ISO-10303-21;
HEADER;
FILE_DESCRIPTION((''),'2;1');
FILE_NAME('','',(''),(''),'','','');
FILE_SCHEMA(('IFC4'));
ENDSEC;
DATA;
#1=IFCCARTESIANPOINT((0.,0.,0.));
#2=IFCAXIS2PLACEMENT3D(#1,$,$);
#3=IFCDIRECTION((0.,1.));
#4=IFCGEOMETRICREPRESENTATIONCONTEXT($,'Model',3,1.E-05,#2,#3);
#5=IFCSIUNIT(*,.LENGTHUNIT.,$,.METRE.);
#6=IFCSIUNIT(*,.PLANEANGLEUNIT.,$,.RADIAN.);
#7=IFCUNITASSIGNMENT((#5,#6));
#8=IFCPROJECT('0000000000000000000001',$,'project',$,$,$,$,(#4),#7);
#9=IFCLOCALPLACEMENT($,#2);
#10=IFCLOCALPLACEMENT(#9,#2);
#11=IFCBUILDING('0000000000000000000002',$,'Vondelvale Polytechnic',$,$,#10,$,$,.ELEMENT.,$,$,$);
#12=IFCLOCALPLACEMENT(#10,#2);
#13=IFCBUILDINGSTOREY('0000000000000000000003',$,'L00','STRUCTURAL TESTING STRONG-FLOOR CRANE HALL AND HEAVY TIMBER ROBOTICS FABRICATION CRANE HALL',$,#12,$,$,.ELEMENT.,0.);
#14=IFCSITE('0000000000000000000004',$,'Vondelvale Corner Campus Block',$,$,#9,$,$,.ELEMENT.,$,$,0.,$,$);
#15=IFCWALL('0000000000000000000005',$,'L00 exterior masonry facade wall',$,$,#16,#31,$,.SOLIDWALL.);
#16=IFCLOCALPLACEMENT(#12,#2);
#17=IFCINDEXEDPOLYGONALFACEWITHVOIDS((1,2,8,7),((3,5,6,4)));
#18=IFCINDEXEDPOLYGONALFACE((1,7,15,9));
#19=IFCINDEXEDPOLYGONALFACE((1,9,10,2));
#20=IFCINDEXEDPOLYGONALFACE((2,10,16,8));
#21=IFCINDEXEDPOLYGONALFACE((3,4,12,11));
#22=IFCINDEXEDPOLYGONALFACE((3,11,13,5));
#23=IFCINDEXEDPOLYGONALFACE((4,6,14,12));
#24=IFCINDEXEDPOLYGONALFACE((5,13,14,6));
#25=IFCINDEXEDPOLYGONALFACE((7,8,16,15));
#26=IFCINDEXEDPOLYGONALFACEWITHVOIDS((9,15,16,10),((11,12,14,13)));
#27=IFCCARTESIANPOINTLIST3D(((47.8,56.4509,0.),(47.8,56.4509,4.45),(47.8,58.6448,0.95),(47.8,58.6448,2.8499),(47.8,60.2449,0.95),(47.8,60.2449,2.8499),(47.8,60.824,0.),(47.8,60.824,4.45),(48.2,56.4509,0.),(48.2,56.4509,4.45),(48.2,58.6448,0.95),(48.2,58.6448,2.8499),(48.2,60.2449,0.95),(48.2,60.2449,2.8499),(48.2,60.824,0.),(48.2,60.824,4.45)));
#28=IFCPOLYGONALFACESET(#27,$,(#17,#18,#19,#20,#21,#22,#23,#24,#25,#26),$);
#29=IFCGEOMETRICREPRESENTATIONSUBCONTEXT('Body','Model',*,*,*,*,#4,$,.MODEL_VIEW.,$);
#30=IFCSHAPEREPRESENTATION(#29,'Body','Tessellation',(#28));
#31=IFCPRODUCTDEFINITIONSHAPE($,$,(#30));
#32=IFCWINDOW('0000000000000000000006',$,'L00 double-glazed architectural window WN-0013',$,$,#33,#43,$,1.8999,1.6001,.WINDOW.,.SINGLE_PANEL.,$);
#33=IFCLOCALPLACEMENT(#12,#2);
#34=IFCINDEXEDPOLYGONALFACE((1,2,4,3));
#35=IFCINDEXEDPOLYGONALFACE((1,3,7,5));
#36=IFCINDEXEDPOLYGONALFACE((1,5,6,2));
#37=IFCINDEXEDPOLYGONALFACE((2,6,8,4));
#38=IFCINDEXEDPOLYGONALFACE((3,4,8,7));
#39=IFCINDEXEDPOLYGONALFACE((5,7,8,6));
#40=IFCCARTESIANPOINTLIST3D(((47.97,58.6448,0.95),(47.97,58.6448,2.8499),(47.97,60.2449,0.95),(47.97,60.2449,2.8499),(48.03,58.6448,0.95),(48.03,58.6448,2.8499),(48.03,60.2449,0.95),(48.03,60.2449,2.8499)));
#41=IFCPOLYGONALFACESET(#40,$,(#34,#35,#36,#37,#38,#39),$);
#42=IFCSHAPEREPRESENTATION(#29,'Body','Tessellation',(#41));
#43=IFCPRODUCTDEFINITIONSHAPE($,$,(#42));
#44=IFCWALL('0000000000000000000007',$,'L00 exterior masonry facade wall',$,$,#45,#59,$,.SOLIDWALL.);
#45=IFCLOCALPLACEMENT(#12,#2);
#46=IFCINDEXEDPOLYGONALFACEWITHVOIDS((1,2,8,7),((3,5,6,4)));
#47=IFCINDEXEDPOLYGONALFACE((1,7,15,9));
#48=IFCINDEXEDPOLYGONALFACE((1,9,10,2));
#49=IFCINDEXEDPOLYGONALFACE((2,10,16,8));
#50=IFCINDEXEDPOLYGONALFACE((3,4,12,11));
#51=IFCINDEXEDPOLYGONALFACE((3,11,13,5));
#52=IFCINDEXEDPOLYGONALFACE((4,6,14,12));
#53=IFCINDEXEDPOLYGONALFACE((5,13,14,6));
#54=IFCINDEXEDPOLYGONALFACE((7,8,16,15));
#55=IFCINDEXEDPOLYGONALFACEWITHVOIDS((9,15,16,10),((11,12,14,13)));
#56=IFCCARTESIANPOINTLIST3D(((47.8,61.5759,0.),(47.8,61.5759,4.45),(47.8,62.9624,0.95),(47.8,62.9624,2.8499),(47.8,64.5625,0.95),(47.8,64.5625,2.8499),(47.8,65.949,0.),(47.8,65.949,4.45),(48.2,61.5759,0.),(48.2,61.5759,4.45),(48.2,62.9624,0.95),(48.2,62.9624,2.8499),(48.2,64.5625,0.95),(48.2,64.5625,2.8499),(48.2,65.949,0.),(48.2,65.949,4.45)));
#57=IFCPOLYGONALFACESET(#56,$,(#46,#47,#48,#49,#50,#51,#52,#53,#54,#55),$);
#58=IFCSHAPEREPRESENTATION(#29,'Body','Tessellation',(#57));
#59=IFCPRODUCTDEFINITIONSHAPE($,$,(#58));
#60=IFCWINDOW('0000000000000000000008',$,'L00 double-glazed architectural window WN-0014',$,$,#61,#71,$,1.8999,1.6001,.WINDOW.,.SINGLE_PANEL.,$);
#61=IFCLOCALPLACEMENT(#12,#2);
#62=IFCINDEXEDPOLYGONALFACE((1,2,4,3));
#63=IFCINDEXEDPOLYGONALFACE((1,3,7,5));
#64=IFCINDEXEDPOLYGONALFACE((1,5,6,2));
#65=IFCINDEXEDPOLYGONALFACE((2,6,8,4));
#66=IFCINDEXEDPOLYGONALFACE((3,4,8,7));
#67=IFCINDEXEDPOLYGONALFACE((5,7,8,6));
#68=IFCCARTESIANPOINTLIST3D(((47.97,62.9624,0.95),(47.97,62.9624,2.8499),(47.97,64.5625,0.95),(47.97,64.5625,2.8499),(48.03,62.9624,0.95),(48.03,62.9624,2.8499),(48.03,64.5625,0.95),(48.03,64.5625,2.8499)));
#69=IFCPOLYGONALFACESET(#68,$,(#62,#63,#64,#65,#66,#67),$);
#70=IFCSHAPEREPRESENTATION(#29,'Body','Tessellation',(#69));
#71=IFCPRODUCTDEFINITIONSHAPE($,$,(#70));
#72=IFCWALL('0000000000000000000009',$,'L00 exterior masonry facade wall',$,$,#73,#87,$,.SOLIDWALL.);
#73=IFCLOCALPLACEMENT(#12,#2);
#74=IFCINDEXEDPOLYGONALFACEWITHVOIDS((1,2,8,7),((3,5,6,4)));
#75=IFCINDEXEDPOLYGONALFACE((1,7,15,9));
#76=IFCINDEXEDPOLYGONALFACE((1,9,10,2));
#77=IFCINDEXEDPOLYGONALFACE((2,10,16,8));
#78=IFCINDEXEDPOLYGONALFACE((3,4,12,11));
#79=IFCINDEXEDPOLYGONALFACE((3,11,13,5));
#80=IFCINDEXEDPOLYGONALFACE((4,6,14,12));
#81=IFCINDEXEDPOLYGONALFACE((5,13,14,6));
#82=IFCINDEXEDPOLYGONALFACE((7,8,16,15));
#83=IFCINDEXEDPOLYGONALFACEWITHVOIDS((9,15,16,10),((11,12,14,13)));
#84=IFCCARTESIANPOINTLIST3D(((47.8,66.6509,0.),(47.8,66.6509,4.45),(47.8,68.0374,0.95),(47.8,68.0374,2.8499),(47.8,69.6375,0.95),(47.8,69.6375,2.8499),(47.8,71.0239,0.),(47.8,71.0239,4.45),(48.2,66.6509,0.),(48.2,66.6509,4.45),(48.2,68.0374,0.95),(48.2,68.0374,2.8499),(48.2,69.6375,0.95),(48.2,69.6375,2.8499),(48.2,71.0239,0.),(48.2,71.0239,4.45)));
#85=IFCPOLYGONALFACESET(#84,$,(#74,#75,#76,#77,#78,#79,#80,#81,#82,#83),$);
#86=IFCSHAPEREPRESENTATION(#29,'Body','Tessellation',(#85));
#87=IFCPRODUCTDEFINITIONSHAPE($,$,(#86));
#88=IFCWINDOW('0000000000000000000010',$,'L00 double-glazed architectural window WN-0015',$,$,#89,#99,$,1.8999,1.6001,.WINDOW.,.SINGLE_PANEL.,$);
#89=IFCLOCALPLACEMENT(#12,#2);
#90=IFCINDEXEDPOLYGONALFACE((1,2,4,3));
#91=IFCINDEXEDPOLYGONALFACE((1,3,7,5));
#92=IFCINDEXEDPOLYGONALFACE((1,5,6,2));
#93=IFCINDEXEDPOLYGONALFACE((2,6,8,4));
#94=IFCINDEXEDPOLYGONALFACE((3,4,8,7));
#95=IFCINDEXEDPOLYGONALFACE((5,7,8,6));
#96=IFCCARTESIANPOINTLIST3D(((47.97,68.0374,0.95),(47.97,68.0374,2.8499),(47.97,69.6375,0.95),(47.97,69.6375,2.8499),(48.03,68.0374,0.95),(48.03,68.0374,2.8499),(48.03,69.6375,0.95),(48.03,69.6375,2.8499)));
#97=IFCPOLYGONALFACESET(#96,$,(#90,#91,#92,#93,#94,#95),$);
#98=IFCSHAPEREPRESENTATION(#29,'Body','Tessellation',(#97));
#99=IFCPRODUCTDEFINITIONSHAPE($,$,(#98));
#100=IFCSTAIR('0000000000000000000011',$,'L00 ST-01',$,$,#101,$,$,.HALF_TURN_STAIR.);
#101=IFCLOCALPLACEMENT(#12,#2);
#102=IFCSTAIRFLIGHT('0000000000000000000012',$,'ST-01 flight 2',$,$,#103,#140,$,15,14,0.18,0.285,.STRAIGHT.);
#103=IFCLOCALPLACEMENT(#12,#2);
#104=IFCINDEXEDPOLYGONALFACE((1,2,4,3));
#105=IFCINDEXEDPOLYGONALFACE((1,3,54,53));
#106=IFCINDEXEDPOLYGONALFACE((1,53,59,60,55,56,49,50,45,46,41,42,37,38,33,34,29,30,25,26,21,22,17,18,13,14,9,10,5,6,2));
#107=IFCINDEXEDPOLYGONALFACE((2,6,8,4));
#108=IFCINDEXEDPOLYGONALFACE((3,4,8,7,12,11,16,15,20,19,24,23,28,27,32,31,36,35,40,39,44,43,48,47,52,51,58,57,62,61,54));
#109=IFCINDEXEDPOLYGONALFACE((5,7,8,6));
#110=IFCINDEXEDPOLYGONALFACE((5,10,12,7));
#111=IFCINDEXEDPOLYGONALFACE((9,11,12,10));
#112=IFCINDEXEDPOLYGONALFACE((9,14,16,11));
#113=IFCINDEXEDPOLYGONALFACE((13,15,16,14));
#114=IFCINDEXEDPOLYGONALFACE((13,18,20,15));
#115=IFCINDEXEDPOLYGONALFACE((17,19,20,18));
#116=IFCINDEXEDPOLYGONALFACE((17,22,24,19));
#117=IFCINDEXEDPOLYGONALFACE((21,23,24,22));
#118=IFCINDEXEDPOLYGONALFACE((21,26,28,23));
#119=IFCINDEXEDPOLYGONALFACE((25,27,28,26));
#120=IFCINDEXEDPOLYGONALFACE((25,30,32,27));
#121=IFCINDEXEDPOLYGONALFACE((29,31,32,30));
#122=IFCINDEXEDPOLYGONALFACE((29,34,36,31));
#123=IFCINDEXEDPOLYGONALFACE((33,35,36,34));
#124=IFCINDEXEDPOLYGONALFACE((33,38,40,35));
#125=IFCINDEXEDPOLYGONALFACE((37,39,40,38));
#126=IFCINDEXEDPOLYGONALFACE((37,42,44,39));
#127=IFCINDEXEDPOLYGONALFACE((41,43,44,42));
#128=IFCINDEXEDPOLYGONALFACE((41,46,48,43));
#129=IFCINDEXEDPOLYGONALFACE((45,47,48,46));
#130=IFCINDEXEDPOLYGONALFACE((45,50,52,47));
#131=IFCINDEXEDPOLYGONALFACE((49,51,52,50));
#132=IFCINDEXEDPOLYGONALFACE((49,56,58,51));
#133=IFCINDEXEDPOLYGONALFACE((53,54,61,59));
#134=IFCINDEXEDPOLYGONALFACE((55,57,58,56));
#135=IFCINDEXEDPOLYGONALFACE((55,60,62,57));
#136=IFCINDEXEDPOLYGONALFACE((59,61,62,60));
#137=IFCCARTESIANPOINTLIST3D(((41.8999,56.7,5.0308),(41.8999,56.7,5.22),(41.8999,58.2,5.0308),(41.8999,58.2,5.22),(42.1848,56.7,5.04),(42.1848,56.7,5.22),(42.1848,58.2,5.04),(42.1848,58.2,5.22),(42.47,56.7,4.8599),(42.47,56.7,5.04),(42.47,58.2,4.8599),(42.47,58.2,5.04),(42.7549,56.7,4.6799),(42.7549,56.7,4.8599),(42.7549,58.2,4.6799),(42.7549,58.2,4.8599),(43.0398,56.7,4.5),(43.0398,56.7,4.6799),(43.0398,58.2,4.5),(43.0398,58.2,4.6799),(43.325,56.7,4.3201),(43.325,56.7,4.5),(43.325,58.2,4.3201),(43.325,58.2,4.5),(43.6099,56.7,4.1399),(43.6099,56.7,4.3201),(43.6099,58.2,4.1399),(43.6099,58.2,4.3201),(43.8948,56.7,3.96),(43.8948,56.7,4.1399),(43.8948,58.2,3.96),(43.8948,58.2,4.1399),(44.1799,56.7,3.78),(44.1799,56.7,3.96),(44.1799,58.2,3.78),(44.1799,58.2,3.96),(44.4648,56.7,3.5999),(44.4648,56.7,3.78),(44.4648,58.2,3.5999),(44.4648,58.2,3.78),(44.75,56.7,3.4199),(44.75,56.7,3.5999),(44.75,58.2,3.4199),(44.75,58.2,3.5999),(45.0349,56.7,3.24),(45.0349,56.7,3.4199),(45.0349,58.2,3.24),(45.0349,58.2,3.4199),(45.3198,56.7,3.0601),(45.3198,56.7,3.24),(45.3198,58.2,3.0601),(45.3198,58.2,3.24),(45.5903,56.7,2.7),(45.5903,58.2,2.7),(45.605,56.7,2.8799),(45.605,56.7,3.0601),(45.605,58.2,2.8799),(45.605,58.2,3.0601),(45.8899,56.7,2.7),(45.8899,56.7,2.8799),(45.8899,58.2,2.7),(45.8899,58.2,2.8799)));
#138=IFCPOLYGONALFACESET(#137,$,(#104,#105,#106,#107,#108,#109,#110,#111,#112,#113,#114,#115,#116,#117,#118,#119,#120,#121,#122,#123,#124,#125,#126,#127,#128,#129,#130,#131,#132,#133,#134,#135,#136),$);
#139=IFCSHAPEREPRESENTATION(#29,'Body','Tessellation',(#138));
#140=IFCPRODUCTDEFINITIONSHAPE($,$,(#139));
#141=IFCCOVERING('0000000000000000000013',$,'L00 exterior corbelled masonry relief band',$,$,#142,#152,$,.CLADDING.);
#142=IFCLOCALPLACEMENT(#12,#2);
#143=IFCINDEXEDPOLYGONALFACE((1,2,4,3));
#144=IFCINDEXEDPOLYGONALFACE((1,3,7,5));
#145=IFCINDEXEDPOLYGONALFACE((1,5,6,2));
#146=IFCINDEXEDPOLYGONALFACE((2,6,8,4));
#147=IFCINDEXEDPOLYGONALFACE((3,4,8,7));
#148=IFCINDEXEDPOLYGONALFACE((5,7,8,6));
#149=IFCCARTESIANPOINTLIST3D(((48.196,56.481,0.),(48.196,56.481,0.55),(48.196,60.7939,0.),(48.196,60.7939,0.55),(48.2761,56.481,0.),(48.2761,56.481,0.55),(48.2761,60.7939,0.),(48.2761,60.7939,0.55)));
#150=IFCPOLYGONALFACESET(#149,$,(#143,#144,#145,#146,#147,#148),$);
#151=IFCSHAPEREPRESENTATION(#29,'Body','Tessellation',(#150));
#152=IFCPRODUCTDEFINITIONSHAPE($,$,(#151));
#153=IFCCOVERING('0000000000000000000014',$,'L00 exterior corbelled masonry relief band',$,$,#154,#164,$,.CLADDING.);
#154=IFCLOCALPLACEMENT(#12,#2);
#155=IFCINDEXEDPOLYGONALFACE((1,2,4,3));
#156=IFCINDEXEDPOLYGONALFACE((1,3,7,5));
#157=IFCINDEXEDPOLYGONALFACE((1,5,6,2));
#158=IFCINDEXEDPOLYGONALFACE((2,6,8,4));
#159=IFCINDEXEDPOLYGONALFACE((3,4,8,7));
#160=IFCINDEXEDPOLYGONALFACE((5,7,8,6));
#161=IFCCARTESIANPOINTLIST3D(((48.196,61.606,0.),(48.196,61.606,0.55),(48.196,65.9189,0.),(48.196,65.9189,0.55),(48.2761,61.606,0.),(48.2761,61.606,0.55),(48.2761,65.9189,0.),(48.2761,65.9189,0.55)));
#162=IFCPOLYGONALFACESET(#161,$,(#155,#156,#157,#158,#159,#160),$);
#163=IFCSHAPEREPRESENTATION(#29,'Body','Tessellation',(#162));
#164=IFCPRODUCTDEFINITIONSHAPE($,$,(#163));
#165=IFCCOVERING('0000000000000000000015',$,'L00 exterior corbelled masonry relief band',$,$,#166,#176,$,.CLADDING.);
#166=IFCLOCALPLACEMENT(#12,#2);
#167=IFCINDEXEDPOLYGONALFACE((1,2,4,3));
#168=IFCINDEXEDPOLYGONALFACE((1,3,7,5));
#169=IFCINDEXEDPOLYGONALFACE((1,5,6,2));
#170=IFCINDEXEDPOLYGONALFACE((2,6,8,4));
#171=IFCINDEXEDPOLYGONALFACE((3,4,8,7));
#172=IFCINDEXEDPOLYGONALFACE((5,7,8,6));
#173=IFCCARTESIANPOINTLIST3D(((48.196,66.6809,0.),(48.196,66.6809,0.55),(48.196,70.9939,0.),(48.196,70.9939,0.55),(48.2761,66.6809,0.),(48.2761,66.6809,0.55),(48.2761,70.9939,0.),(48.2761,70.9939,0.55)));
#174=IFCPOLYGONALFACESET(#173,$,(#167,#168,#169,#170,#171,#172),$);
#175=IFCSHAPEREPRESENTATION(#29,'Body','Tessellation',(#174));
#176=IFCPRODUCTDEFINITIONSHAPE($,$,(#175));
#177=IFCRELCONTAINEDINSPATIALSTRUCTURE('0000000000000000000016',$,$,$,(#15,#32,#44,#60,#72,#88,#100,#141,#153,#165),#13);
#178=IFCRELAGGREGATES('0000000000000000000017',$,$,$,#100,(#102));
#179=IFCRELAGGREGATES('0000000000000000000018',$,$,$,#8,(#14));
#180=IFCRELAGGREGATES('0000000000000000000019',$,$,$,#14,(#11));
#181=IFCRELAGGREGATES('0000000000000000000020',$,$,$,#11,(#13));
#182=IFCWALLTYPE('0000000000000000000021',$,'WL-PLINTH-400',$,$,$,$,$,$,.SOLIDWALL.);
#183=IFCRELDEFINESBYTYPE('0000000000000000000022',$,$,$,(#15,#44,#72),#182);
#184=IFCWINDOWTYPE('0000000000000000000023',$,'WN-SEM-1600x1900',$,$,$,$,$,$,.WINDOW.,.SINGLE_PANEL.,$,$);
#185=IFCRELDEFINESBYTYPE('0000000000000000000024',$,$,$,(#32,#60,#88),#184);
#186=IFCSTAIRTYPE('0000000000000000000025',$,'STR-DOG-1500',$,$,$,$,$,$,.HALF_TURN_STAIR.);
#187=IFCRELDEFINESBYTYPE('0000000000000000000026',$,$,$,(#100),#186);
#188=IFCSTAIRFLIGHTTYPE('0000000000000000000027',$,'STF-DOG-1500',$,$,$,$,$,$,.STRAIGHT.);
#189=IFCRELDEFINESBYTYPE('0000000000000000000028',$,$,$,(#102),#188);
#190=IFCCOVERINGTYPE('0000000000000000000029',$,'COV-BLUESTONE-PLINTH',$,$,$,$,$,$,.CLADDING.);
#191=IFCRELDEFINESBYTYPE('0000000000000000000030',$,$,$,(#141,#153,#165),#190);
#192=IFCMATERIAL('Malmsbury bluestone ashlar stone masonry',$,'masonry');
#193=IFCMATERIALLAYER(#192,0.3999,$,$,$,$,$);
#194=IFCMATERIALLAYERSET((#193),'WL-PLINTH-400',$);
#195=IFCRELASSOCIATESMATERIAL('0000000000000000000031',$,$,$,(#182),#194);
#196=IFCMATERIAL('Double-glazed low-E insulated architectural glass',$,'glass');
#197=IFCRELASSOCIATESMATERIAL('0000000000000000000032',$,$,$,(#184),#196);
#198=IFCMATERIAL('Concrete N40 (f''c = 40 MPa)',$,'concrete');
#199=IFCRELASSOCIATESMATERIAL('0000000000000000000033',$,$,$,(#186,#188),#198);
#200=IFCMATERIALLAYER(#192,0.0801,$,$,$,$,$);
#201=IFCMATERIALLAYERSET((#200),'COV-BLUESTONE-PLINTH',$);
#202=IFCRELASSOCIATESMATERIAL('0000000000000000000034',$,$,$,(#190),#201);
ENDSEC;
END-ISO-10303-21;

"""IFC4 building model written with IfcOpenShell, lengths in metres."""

from ifc_helpers import new_model, si_unit, direction, frame, frame_2d, origin, origin_2d, place, context, subcontext, project, spatial, polyline, rectangle, outline, extrude, material, layer, layer_set, type_object, element, fill, aggregate, save


model = new_model("IFC4")

# Units and contexts
model_context = context("Model", 3, precision=1e-05, world=origin(), true_north=direction((0.0, 1.0)))
body_context = subcontext(model_context, "Body", "Model", "MODEL_VIEW")
ifc_project = project(units=[si_unit("LENGTHUNIT", "METRE"), si_unit("PLANEANGLEUNIT", "RADIAN")], contexts=[model_context])

# Site, building, storey
site_placement = place(None, origin())
site = spatial("IfcSite", under=ifc_project, at=site_placement, Name="Vondelvale Corner Campus Block", CompositionType="ELEMENT", RefElevation=0.0)
building_placement = place(site_placement, origin())
building = spatial("IfcBuilding", under=site, at=building_placement, Name="Vondelvale Polytechnic", CompositionType="ELEMENT")
storey_placement = place(building_placement, origin())
storey = spatial("IfcBuildingStorey", under=building, at=storey_placement, Name="L00", Description="STRUCTURAL TESTING STRONG-FLOOR CRANE HALL AND HEAVY TIMBER ROBOTICS FABRICATION CRANE HALL", CompositionType="ELEMENT", Elevation=0.0)

# Shared definitions
ifc_material_1 = material(Name="Concrete N40 (f'c = 40 MPa)", Category="concrete")

# Walls, openings, windows
ifc_material_2 = material(Name="Malmsbury bluestone ashlar stone masonry", Category="masonry")
ifc_layer_1 = layer(ifc_material_2, 0.3999)
ifc_layer_set_1 = layer_set([ifc_layer_1], Name="WL-PLINTH-400")
wall_type_1 = type_object("IfcWallType", Name="WL-PLINTH-400", PredefinedType="SOLIDWALL", material=ifc_layer_set_1)
wall_1_placement = place(storey_placement, frame((48.0, 60.824, 0.0), z_axis=(0.0, 0.0, 1.0), x_axis=(0.0, -1.0, 0.0)))
wall_1 = element("IfcWall", 1, at=wall_1_placement, inside=storey, type_object=wall_type_1, Name="L00 exterior masonry facade wall", PredefinedType="SOLIDWALL", context=body_context, shape_type="SweptSolid", body=[
    extrude(rectangle(XDim=4.373, YDim=0.3999, at=frame_2d((2.1865, 0.0))), origin(), (0.0, 0.0, 1.0), 4.45),
])
opening_1_placement = place(wall_1_placement, frame((0.5791, 0.0, 0.95)))
opening_1 = element("IfcOpeningElement", 2, at=opening_1_placement, cuts=wall_1, PredefinedType="OPENING", context=body_context, shape_type="SweptSolid", body=[
    extrude(rectangle(XDim=1.6001, YDim=1.8999, at=frame_2d((0.8, 0.95))), frame((0.0, 0.21, 0.0), z_axis=(0.0, -1.0, 0.0), x_axis=(1.0, 0.0, 0.0)), (0.0, 0.0, 1.0), 0.4199),
])
ifc_material_3 = material(Name="Double-glazed low-E insulated architectural glass", Category="glass")
window_type = type_object("IfcWindowType", Name="WN-SEM-1600x1900", PartitioningType="SINGLE_PANEL", PredefinedType="WINDOW", material=ifc_material_3)
window_1_placement = place(opening_1_placement, origin())
window_1 = element("IfcWindow", 3, at=window_1_placement, inside=storey, type_object=window_type, Name="L00 double-glazed architectural window WN-0013", OverallHeight=1.8999, OverallWidth=1.6001, PartitioningType="SINGLE_PANEL", PredefinedType="WINDOW", context=body_context, shape_type="SweptSolid", body=[
    extrude(rectangle(XDim=1.6001, YDim=1.8999, at=frame_2d((0.8, 0.95))), frame((0.0, 0.03, 0.0), z_axis=(0.0, -1.0, 0.0), x_axis=(1.0, 0.0, 0.0)), (0.0, 0.0, 1.0), 0.0601),
])
fill(opening_1, window_1)
wall_2_placement = place(storey_placement, frame((48.0, 65.949, 0.0), z_axis=(0.0, 0.0, 1.0), x_axis=(0.0, -1.0, 0.0)))
wall_2 = element("IfcWall", 4, at=wall_2_placement, inside=storey, type_object=wall_type_1, Name="L00 exterior masonry facade wall", PredefinedType="SOLIDWALL", context=body_context, shape_type="SweptSolid", body=[
    extrude(rectangle(XDim=4.373, YDim=0.3999, at=frame_2d((2.1865, 0.0))), origin(), (0.0, 0.0, 1.0), 4.45),
])
opening_2_placement = place(wall_2_placement, frame((1.3865, 0.0, 0.95)))
opening_2 = element("IfcOpeningElement", 5, at=opening_2_placement, cuts=wall_2, PredefinedType="OPENING", context=body_context, shape_type="SweptSolid", body=[
    extrude(rectangle(XDim=1.6001, YDim=1.8999, at=frame_2d((0.8, 0.95))), frame((0.0, 0.21, 0.0), z_axis=(0.0, -1.0, 0.0), x_axis=(1.0, 0.0, 0.0)), (0.0, 0.0, 1.0), 0.4199),
])
window_2_placement = place(opening_2_placement, origin())
window_2 = element("IfcWindow", 6, at=window_2_placement, inside=storey, type_object=window_type, Name="L00 double-glazed architectural window WN-0014", OverallHeight=1.8999, OverallWidth=1.6001, PartitioningType="SINGLE_PANEL", PredefinedType="WINDOW", context=body_context, shape_type="SweptSolid", body=[
    extrude(rectangle(XDim=1.6001, YDim=1.8999, at=frame_2d((0.8, 0.95))), frame((0.0, 0.03, 0.0), z_axis=(0.0, -1.0, 0.0), x_axis=(1.0, 0.0, 0.0)), (0.0, 0.0, 1.0), 0.0601),
])
fill(opening_2, window_2)
wall_3_placement = place(storey_placement, frame((48.0, 71.0239, 0.0), z_axis=(0.0, 0.0, 1.0), x_axis=(0.0, -1.0, 0.0)))
wall_3 = element("IfcWall", 7, at=wall_3_placement, inside=storey, type_object=wall_type_1, Name="L00 exterior masonry facade wall", PredefinedType="SOLIDWALL", context=body_context, shape_type="SweptSolid", body=[
    extrude(rectangle(XDim=4.373, YDim=0.3999, at=frame_2d((2.1865, 0.0))), origin(), (0.0, 0.0, 1.0), 4.45),
])
opening_3_placement = place(wall_3_placement, frame((1.3865, 0.0, 0.95)))
opening_3 = element("IfcOpeningElement", 8, at=opening_3_placement, cuts=wall_3, PredefinedType="OPENING", context=body_context, shape_type="SweptSolid", body=[
    extrude(rectangle(XDim=1.6001, YDim=1.8999, at=frame_2d((0.8, 0.95))), frame((0.0, 0.21, 0.0), z_axis=(0.0, -1.0, 0.0), x_axis=(1.0, 0.0, 0.0)), (0.0, 0.0, 1.0), 0.4199),
])
window_3_placement = place(opening_3_placement, origin())
window_3 = element("IfcWindow", 9, at=window_3_placement, inside=storey, type_object=window_type, Name="L00 double-glazed architectural window WN-0015", OverallHeight=1.8999, OverallWidth=1.6001, PartitioningType="SINGLE_PANEL", PredefinedType="WINDOW", context=body_context, shape_type="SweptSolid", body=[
    extrude(rectangle(XDim=1.6001, YDim=1.8999, at=frame_2d((0.8, 0.95))), frame((0.0, 0.03, 0.0), z_axis=(0.0, -1.0, 0.0), x_axis=(1.0, 0.0, 0.0)), (0.0, 0.0, 1.0), 0.0601),
])
fill(opening_3, window_3)

# Stair, stair flight
stair_type = type_object("IfcStairType", Name="STR-DOG-1500", PredefinedType="HALF_TURN_STAIR", material=ifc_material_1)
stair_placement = place(storey_placement, origin())
stair = element("IfcStair", 10, at=stair_placement, inside=storey, type_object=stair_type, Name="L00 ST-01", PredefinedType="HALF_TURN_STAIR")
stair_flight_type = type_object("IfcStairFlightType", Name="STF-DOG-1500", PredefinedType="STRAIGHT", material=ifc_material_1)
stair_flight_placement = place(storey_placement, frame((45.8899, 57.45, 2.7), z_axis=(0.0, 0.0, 1.0), x_axis=(-1.0, 0.0, 0.0)))
stair_flight = element("IfcStairFlight", 11, at=stair_flight_placement, type_object=stair_flight_type, Name="ST-01 flight 2", NumberOfRisers=15, NumberOfTreads=14, PredefinedType="STRAIGHT", RiserHeight=0.18, TreadLength=0.285, context=body_context, shape_type="SweptSolid", body=[
    extrude(outline(polyline([(0.0, 0.0), (0.0, 0.1799), (0.2849, 0.1799), (0.2849, 0.3601), (0.5701, 0.3601), (0.5701, 0.54), (0.855, 0.54), (0.855, 0.72), (1.1399, 0.72), (1.1399, 0.8999), (1.425, 0.8999), (1.425, 1.0801), (1.71, 1.0801), (1.71, 1.26), (1.9951, 1.26), (1.9951, 1.4399), (2.28, 1.4399), (2.28, 1.6201), (2.5649, 1.6201), (2.5649, 1.8), (2.8501, 1.8), (2.8501, 1.98), (3.135, 1.98), (3.135, 2.1599), (3.4199, 2.1599), (3.4199, 2.3401), (3.7051, 2.3401), (3.7051, 2.52), (3.99, 2.52), (3.99, 2.7), (3.99, 2.3308), (0.2996, 0.0), (0.0, 0.0)])), frame((0.0, 0.75, 0.0), z_axis=(0.0, -1.0, 0.0), x_axis=(1.0, 0.0, 0.0)), (0.0, 0.0, 1.0), 1.5),
])
aggregate(stair, [stair_flight])

# Coverings
ifc_layer_2 = layer(ifc_material_2, 0.0801)
ifc_layer_set_2 = layer_set([ifc_layer_2], Name="COV-BLUESTONE-PLINTH")
covering_type = type_object("IfcCoveringType", Name="COV-BLUESTONE-PLINTH", PredefinedType="CLADDING", material=ifc_layer_set_2)
for number, where, z_axis, x_axis, name in (
    (12, (48.2361, 58.6375, 0.0), (0.0, 0.0, 1.0), (0.0, -1.0, 0.0), "L00 exterior corbelled masonry relief band"),
    (13, (48.2361, 63.7625, 0.0), (0.0, 0.0, 1.0), (0.0, -1.0, 0.0), "L00 exterior corbelled masonry relief band"),
    (14, (48.2361, 68.8374, 0.0), (0.0, 0.0, 1.0), (0.0, -1.0, 0.0), "L00 exterior corbelled masonry relief band"),
):
    element("IfcCovering", number, at=place(storey_placement, frame(where, z_axis=z_axis, x_axis=x_axis)), inside=storey, type_object=covering_type, Name=name, PredefinedType="CLADDING", context=body_context, shape_type="SweptSolid", body=[
        extrude(rectangle(XDim=4.313, YDim=0.0801, at=origin_2d()), origin(), (0.0, 0.0, 1.0), 0.55),
    ])

save(model, "model.ifc")
